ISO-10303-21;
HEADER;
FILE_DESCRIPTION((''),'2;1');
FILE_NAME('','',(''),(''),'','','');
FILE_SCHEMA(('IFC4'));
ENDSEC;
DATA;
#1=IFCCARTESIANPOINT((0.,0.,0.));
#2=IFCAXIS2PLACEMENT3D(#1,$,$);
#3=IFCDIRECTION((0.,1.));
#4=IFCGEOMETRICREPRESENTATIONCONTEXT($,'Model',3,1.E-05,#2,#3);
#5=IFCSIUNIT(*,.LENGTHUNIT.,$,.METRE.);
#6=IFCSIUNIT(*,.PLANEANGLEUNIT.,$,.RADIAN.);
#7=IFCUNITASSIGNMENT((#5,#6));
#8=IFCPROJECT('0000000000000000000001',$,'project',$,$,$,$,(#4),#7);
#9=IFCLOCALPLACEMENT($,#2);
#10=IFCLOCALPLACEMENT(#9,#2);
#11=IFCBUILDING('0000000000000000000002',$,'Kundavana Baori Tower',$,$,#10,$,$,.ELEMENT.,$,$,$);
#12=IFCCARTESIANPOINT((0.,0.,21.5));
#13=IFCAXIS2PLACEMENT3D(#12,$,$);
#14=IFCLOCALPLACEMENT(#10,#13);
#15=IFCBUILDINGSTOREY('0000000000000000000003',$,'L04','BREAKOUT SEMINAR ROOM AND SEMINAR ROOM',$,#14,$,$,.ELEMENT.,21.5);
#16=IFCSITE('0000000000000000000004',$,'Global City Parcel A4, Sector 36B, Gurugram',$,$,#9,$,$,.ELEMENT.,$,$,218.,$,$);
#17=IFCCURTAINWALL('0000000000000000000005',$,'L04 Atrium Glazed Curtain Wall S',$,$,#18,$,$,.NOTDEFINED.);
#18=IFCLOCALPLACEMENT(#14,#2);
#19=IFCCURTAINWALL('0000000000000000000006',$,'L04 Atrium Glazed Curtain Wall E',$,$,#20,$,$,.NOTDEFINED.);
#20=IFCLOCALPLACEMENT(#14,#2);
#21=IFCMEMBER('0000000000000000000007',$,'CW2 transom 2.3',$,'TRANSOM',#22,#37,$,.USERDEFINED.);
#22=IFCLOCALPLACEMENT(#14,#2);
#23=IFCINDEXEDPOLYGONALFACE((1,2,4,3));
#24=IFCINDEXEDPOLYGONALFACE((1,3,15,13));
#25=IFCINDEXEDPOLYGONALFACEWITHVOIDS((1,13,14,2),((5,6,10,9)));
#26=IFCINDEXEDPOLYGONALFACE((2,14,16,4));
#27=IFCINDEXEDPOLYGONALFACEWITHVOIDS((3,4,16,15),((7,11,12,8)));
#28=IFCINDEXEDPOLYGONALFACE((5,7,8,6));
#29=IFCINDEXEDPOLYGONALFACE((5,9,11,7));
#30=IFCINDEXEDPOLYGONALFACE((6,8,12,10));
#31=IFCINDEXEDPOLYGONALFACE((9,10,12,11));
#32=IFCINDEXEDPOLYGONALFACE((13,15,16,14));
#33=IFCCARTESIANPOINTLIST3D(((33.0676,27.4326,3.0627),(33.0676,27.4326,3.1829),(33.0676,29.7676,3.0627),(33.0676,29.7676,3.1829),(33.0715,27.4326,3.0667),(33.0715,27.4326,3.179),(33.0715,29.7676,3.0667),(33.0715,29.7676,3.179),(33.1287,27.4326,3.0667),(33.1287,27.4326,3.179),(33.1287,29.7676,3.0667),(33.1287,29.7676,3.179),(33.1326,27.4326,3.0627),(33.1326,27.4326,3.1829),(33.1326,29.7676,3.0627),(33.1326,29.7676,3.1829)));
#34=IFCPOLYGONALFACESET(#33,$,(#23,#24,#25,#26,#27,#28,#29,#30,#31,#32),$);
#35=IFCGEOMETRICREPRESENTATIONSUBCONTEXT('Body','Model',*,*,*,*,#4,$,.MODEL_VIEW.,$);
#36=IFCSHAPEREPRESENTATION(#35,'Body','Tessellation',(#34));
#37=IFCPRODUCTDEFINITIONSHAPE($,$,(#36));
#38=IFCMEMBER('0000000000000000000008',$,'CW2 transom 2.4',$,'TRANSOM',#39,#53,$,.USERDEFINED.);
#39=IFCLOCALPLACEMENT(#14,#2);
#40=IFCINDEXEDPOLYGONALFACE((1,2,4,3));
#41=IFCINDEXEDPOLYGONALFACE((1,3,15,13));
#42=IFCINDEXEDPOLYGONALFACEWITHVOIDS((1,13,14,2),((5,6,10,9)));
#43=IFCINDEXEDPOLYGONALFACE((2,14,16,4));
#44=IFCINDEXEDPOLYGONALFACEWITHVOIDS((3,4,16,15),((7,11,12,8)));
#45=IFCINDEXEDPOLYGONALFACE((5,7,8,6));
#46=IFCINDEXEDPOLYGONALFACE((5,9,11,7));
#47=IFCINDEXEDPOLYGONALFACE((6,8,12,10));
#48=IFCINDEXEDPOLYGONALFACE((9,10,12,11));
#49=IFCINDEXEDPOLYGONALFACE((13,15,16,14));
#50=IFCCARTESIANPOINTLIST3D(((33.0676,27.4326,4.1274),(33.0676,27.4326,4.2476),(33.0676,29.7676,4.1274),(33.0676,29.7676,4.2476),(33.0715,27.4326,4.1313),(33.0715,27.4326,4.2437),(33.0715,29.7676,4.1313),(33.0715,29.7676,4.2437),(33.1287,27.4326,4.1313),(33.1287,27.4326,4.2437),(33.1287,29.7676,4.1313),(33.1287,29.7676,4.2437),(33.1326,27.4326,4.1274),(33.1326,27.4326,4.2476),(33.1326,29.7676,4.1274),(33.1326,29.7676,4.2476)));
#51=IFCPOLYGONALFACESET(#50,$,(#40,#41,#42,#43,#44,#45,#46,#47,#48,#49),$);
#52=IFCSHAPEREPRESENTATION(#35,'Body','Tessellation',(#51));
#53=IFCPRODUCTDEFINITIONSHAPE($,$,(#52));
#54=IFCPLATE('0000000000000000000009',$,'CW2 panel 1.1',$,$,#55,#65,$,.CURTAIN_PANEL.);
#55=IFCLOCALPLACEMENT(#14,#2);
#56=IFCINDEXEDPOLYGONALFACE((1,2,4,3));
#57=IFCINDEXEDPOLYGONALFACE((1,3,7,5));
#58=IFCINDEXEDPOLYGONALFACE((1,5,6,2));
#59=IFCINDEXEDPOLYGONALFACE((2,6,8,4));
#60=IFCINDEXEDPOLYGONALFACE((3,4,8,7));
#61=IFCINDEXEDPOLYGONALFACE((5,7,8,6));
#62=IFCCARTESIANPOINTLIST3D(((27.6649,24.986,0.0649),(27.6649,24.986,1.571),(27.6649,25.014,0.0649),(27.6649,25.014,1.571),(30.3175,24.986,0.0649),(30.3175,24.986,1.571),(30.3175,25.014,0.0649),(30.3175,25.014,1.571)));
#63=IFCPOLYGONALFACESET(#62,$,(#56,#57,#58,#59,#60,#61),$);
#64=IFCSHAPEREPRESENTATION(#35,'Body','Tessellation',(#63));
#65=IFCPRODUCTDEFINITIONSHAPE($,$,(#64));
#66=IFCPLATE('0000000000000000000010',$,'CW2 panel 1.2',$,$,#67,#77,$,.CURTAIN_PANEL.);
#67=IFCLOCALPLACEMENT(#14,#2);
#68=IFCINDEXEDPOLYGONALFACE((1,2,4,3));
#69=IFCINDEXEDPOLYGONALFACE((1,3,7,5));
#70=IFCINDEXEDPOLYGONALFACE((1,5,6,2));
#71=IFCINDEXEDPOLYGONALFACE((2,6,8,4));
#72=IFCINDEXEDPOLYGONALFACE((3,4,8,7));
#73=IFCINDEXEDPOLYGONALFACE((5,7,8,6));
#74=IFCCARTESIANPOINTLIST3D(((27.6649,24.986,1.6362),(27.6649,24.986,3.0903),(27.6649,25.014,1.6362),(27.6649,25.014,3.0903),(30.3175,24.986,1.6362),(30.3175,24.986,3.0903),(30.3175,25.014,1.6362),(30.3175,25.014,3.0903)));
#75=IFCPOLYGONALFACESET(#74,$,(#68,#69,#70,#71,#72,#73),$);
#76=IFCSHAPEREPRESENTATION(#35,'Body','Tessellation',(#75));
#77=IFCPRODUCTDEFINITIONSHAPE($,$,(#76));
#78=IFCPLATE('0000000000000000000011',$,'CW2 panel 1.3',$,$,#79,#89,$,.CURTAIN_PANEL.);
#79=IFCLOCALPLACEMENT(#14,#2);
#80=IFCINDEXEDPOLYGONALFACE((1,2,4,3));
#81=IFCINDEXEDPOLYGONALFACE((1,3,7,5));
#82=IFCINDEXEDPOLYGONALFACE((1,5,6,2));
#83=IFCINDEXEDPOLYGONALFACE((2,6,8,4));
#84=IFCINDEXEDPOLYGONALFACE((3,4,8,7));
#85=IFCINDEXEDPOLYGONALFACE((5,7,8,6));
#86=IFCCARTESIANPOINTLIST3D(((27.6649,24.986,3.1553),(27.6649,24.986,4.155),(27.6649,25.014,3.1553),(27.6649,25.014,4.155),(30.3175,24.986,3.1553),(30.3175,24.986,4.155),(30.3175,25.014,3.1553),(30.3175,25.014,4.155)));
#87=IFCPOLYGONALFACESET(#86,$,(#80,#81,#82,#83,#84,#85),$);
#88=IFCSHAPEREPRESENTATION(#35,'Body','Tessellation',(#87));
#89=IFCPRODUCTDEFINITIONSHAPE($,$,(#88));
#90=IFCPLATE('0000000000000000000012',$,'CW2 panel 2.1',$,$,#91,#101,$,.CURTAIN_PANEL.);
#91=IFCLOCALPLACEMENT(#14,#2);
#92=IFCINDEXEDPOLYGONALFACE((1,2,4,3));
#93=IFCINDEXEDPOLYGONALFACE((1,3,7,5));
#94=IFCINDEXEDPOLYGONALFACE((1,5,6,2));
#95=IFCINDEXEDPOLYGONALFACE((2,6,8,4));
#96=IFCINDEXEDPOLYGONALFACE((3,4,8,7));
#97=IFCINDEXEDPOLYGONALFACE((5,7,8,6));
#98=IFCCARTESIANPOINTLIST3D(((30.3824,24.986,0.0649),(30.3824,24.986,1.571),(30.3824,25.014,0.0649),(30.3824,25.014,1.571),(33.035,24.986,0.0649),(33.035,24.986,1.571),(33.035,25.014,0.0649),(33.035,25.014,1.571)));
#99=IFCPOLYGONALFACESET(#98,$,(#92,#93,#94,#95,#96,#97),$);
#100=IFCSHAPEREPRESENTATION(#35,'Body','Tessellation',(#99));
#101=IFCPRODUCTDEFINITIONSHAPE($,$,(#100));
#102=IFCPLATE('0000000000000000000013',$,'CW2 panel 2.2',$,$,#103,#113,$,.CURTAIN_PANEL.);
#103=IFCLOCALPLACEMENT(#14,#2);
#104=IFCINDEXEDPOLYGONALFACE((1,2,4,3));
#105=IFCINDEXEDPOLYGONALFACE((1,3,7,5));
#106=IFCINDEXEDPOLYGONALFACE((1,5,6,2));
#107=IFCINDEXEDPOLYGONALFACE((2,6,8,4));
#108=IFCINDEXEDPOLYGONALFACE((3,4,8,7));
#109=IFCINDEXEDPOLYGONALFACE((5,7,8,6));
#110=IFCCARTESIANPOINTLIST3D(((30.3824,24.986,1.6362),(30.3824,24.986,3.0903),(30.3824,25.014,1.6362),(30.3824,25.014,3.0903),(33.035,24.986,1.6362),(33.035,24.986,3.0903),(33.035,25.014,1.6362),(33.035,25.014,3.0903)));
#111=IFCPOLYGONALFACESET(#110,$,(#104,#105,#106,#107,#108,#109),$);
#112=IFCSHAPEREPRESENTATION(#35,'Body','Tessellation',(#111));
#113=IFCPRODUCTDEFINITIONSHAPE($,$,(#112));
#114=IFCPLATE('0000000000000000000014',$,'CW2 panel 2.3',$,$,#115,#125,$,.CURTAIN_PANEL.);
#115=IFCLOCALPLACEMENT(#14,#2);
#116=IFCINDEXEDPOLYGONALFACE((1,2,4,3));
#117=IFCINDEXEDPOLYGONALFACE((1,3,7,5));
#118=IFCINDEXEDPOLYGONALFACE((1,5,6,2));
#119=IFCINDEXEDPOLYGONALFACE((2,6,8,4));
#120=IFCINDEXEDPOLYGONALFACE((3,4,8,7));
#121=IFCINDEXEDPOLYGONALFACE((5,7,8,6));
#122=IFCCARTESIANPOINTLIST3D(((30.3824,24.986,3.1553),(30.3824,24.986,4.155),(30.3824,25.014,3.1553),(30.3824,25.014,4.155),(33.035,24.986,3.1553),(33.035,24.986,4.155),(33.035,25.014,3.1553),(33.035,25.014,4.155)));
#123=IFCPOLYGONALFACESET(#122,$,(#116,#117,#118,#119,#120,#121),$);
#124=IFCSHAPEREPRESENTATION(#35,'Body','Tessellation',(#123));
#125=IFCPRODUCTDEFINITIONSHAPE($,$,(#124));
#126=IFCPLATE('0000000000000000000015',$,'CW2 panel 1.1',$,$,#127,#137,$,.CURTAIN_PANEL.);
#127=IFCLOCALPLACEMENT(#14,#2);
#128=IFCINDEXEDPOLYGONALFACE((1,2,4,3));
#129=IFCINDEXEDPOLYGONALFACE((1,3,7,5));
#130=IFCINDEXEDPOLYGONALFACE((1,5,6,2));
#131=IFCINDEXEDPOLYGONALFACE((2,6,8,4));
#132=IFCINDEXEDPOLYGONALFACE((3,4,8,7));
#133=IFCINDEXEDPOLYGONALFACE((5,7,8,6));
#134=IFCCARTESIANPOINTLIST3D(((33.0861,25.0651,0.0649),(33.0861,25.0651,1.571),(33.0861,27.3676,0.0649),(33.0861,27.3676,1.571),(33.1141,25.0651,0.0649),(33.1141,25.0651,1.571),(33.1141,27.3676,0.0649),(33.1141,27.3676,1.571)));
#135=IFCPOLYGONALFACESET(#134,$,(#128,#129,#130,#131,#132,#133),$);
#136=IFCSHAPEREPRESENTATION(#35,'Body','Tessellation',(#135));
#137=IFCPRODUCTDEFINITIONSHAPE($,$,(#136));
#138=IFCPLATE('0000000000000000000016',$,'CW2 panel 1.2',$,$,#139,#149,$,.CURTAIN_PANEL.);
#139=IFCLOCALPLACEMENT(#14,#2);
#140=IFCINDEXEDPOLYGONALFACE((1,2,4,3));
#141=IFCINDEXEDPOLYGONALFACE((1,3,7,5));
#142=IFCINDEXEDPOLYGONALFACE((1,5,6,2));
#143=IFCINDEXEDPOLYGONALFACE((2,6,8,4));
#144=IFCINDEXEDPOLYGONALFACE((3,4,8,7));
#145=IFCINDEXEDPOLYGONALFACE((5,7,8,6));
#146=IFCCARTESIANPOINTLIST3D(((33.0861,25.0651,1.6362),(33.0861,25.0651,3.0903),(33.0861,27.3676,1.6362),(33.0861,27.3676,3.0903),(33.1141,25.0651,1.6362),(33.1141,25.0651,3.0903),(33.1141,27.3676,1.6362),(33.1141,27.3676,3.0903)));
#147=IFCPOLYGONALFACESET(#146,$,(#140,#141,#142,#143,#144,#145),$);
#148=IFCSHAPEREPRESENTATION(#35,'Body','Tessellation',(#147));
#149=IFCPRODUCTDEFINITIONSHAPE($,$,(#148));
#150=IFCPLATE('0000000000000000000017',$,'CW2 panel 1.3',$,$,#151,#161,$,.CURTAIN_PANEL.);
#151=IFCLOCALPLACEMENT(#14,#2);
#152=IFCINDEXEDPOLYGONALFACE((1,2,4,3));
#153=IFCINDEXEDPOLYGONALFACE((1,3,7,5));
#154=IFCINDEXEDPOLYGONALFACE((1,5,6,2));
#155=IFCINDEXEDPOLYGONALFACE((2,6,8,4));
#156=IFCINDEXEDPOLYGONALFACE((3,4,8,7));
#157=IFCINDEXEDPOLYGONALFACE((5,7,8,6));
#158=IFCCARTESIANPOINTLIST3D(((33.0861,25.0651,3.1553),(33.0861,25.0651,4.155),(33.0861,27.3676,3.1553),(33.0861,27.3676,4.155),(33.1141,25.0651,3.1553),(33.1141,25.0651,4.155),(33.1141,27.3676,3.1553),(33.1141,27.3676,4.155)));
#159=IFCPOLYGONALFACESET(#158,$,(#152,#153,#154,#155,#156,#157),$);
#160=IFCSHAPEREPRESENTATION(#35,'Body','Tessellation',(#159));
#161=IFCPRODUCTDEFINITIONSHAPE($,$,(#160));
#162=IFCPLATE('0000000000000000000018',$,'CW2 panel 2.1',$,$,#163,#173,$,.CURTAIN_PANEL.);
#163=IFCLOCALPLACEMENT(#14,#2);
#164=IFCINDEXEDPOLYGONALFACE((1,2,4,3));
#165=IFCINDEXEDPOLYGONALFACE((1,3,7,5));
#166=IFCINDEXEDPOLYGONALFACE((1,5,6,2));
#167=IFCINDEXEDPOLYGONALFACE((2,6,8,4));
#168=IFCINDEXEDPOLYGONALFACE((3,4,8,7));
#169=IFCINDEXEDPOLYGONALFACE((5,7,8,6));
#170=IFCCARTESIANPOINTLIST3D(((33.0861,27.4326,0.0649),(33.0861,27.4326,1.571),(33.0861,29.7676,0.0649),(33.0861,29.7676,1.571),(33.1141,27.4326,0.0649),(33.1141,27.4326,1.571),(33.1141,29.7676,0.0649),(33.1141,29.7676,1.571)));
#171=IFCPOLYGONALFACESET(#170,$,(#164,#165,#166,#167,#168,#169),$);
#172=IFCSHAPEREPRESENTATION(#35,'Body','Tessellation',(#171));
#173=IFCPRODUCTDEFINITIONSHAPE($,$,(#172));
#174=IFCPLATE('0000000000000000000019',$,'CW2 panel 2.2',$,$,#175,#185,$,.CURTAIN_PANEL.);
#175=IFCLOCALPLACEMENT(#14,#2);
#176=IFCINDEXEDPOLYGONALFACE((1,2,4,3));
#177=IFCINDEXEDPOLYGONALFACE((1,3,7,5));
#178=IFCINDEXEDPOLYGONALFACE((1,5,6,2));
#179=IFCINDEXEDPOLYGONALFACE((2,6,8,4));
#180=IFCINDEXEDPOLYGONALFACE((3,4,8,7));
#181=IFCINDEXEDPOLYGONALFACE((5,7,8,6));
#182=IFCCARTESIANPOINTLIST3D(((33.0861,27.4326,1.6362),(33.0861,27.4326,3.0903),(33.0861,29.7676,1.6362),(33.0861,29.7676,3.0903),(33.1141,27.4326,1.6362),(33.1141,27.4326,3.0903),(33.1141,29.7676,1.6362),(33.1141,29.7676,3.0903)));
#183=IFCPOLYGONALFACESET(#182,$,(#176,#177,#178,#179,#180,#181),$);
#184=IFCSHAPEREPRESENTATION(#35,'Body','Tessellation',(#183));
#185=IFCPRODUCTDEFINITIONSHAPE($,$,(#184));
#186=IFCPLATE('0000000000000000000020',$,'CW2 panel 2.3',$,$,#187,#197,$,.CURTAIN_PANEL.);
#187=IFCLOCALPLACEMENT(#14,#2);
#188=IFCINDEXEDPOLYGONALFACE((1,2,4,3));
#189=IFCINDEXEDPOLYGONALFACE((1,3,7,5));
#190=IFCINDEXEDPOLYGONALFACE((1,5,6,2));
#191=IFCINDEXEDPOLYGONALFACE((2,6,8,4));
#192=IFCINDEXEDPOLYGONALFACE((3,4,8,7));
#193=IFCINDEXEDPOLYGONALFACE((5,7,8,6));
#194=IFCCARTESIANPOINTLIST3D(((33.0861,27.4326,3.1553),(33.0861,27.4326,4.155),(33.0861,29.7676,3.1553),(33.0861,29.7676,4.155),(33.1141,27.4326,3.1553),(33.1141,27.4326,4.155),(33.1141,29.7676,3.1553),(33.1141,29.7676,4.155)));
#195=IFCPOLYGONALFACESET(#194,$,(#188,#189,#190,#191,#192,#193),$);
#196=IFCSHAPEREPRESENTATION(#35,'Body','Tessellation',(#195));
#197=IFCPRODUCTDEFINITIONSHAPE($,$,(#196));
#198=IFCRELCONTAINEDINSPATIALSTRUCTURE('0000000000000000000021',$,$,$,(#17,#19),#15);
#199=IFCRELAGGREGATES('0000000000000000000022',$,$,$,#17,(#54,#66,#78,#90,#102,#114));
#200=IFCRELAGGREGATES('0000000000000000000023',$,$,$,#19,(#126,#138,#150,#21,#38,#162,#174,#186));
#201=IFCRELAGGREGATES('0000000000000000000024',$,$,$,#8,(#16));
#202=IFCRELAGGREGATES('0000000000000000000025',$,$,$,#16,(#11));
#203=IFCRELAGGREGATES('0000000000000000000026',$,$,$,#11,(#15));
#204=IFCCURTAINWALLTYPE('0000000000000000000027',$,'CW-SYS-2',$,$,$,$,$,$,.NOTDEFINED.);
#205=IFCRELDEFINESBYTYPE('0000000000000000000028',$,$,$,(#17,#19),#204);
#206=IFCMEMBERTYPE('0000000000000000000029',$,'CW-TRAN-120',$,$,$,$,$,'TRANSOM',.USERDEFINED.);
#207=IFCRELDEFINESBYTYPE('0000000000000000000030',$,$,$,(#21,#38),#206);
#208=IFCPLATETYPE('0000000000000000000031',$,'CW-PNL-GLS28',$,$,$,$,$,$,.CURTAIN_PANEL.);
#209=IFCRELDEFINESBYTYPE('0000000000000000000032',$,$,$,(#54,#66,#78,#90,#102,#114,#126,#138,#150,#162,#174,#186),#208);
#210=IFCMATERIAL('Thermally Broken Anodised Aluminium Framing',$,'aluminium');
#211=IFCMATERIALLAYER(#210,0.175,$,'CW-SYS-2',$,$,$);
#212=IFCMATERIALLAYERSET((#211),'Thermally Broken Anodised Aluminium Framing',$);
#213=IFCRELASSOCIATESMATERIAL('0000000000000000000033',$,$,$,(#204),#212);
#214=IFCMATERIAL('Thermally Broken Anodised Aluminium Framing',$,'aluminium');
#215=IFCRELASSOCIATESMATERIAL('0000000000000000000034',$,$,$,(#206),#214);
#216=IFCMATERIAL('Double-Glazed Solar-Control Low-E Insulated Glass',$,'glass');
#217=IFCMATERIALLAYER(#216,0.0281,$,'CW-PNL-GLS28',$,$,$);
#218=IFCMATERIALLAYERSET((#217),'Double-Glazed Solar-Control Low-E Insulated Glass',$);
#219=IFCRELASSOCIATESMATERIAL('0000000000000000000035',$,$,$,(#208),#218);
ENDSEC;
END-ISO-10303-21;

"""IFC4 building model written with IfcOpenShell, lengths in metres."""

from ifc_helpers import new_model, si_unit, direction, frame, origin, origin_2d, place, context, subcontext, project, spatial, rectangle, hollow_rectangle, extrude, material, layer, layer_set, material_profile, profile_set, type_object, element, aggregate, save


model = new_model("IFC4")

# Units and contexts
model_context = context("Model", 3, precision=1e-05, world=origin(), true_north=direction((0.0, 1.0)))
body_context = subcontext(model_context, "Body", "Model", "MODEL_VIEW")
ifc_project = project(units=[si_unit("LENGTHUNIT", "METRE"), si_unit("PLANEANGLEUNIT", "RADIAN")], contexts=[model_context])

# Site, building, storey
site_placement = place(None, origin())
site = spatial("IfcSite", under=ifc_project, at=site_placement, Name="Global City Parcel A4, Sector 36B, Gurugram", CompositionType="ELEMENT", RefElevation=218.0)
building_placement = place(site_placement, origin())
building = spatial("IfcBuilding", under=site, at=building_placement, Name="Kundavana Baori Tower", CompositionType="ELEMENT")
storey_placement = place(building_placement, frame((0.0, 0.0, 21.5)))
storey = spatial("IfcBuildingStorey", under=building, at=storey_placement, Name="L04", Description="BREAKOUT SEMINAR ROOM AND SEMINAR ROOM", CompositionType="ELEMENT", Elevation=21.5)

# Curtain walls
ifc_material_1 = material(Name="Thermally Broken Anodised Aluminium Framing", Category="aluminium")
ifc_layer_1 = layer(ifc_material_1, 0.175, Name="CW-SYS-2")
ifc_layer_set_1 = layer_set([ifc_layer_1], Name="Thermally Broken Anodised Aluminium Framing")
curtain_wall_type = type_object("IfcCurtainWallType", Name="CW-SYS-2", PredefinedType="NOTDEFINED", material=ifc_layer_set_1)
curtain_wall_1_placement = place(storey_placement, origin())
curtain_wall_1 = element("IfcCurtainWall", 1, at=curtain_wall_1_placement, inside=storey, type_object=curtain_wall_type, Name="L04 Atrium Glazed Curtain Wall S", PredefinedType="NOTDEFINED")
curtain_wall_2_placement = place(storey_placement, origin())
curtain_wall_2 = element("IfcCurtainWall", 2, at=curtain_wall_2_placement, inside=storey, type_object=curtain_wall_type, Name="L04 Atrium Glazed Curtain Wall E", PredefinedType="NOTDEFINED")

# Members
ifc_material_2 = material(Name="Thermally Broken Anodised Aluminium Framing", Category="aluminium")
ifc_material_profile_1 = material_profile(ifc_material_2, hollow_rectangle(XDim=0.0649, YDim=0.1201, WallThickness=0.0039, at=origin_2d()), Name="CW-TRAN-120")
ifc_profile_set_1 = profile_set([ifc_material_profile_1], Name="Thermally Broken Anodised Aluminium Framing")
member_type_1 = type_object("IfcMemberType", Name="CW-TRAN-120", ElementType="TRANSOM", PredefinedType="USERDEFINED", material=ifc_profile_set_1)
member_1_placement = place(storey_placement, frame((33.1001, 27.4326, 3.1228), z_axis=(0.0, 1.0, 0.0), x_axis=(-1.0, 0.0, 0.0)))
member_1 = element("IfcMember", 3, at=member_1_placement, type_object=member_type_1, Name="CW2 transom 2.3", ObjectType="TRANSOM", PredefinedType="USERDEFINED", context=body_context, shape_type="SweptSolid", body=[
    extrude(hollow_rectangle(XDim=0.0649, YDim=0.1201, WallThickness=0.0039, at=origin_2d()), origin(), (0.0, 0.0, 1.0), 2.335),
])
member_2_placement = place(storey_placement, frame((33.1001, 27.4326, 4.1875), z_axis=(0.0, 1.0, 0.0), x_axis=(-1.0, 0.0, 0.0)))
member_2 = element("IfcMember", 4, at=member_2_placement, type_object=member_type_1, Name="CW2 transom 2.4", ObjectType="TRANSOM", PredefinedType="USERDEFINED", context=body_context, shape_type="SweptSolid", body=[
    extrude(hollow_rectangle(XDim=0.0649, YDim=0.1201, WallThickness=0.0039, at=origin_2d()), origin(), (0.0, 0.0, 1.0), 2.335),
])

# Plates
ifc_material_3 = material(Name="Double-Glazed Solar-Control Low-E Insulated Glass", Category="glass")
ifc_layer_2 = layer(ifc_material_3, 0.0281, Name="CW-PNL-GLS28")
ifc_layer_set_2 = layer_set([ifc_layer_2], Name="Double-Glazed Solar-Control Low-E Insulated Glass")
plate_type = type_object("IfcPlateType", Name="CW-PNL-GLS28", PredefinedType="CURTAIN_PANEL", material=ifc_layer_set_2)
plate_1_placement = place(storey_placement, frame((28.9912, 25.0, 0.0649), z_axis=(0.0, 0.0, 1.0), x_axis=(1.0, 0.0, 0.0)))
plate_1 = element("IfcPlate", 5, at=plate_1_placement, type_object=plate_type, Name="CW2 panel 1.1", PredefinedType="CURTAIN_PANEL", context=body_context, shape_type="SweptSolid", body=[
    extrude(rectangle(XDim=2.6526, YDim=0.0281, at=origin_2d()), origin(), (0.0, 0.0, 1.0), 1.5061),
])
plate_2_placement = place(storey_placement, frame((28.9912, 25.0, 1.6362), z_axis=(0.0, 0.0, 1.0), x_axis=(1.0, 0.0, 0.0)))
plate_2 = element("IfcPlate", 6, at=plate_2_placement, type_object=plate_type, Name="CW2 panel 1.2", PredefinedType="CURTAIN_PANEL", context=body_context, shape_type="SweptSolid", body=[
    extrude(rectangle(XDim=2.6526, YDim=0.0281, at=origin_2d()), origin(), (0.0, 0.0, 1.0), 1.4541),
])
plate_3_placement = place(storey_placement, frame((28.9912, 25.0, 3.1553), z_axis=(0.0, 0.0, 1.0), x_axis=(1.0, 0.0, 0.0)))
plate_3 = element("IfcPlate", 7, at=plate_3_placement, type_object=plate_type, Name="CW2 panel 1.3", PredefinedType="CURTAIN_PANEL", context=body_context, shape_type="SweptSolid", body=[
    extrude(rectangle(XDim=2.6526, YDim=0.0281, at=origin_2d()), origin(), (0.0, 0.0, 1.0), 0.9998),
])
plate_4_placement = place(storey_placement, frame((31.7087, 25.0, 0.0649), z_axis=(0.0, 0.0, 1.0), x_axis=(1.0, 0.0, 0.0)))
plate_4 = element("IfcPlate", 8, at=plate_4_placement, type_object=plate_type, Name="CW2 panel 2.1", PredefinedType="CURTAIN_PANEL", context=body_context, shape_type="SweptSolid", body=[
    extrude(rectangle(XDim=2.6526, YDim=0.0281, at=origin_2d()), origin(), (0.0, 0.0, 1.0), 1.5061),
])
plate_5_placement = place(storey_placement, frame((31.7087, 25.0, 1.6362), z_axis=(0.0, 0.0, 1.0), x_axis=(1.0, 0.0, 0.0)))
plate_5 = element("IfcPlate", 9, at=plate_5_placement, type_object=plate_type, Name="CW2 panel 2.2", PredefinedType="CURTAIN_PANEL", context=body_context, shape_type="SweptSolid", body=[
    extrude(rectangle(XDim=2.6526, YDim=0.0281, at=origin_2d()), origin(), (0.0, 0.0, 1.0), 1.4541),
])
plate_6_placement = place(storey_placement, frame((31.7087, 25.0, 3.1553), z_axis=(0.0, 0.0, 1.0), x_axis=(1.0, 0.0, 0.0)))
plate_6 = element("IfcPlate", 10, at=plate_6_placement, type_object=plate_type, Name="CW2 panel 2.3", PredefinedType="CURTAIN_PANEL", context=body_context, shape_type="SweptSolid", body=[
    extrude(rectangle(XDim=2.6526, YDim=0.0281, at=origin_2d()), origin(), (0.0, 0.0, 1.0), 0.9998),
])
aggregate(curtain_wall_1, [plate_1, plate_2, plate_3, plate_4, plate_5, plate_6])
plate_7_placement = place(storey_placement, frame((33.1001, 26.2163, 0.0649), z_axis=(0.0, 0.0, 1.0), x_axis=(0.0, 1.0, 0.0)))
plate_7 = element("IfcPlate", 11, at=plate_7_placement, type_object=plate_type, Name="CW2 panel 1.1", PredefinedType="CURTAIN_PANEL", context=body_context, shape_type="SweptSolid", body=[
    extrude(rectangle(XDim=2.3025, YDim=0.0281, at=origin_2d()), origin(), (0.0, 0.0, 1.0), 1.5061),
])
plate_8_placement = place(storey_placement, frame((33.1001, 26.2163, 1.6362), z_axis=(0.0, 0.0, 1.0), x_axis=(0.0, 1.0, 0.0)))
plate_8 = element("IfcPlate", 12, at=plate_8_placement, type_object=plate_type, Name="CW2 panel 1.2", PredefinedType="CURTAIN_PANEL", context=body_context, shape_type="SweptSolid", body=[
    extrude(rectangle(XDim=2.3025, YDim=0.0281, at=origin_2d()), origin(), (0.0, 0.0, 1.0), 1.4541),
])
plate_9_placement = place(storey_placement, frame((33.1001, 26.2163, 3.1553), z_axis=(0.0, 0.0, 1.0), x_axis=(0.0, 1.0, 0.0)))
plate_9 = element("IfcPlate", 13, at=plate_9_placement, type_object=plate_type, Name="CW2 panel 1.3", PredefinedType="CURTAIN_PANEL", context=body_context, shape_type="SweptSolid", body=[
    extrude(rectangle(XDim=2.3025, YDim=0.0281, at=origin_2d()), origin(), (0.0, 0.0, 1.0), 0.9998),
])
plate_10_placement = place(storey_placement, frame((33.1001, 28.6001, 0.0649), z_axis=(0.0, 0.0, 1.0), x_axis=(0.0, 1.0, 0.0)))
plate_10 = element("IfcPlate", 14, at=plate_10_placement, type_object=plate_type, Name="CW2 panel 2.1", PredefinedType="CURTAIN_PANEL", context=body_context, shape_type="SweptSolid", body=[
    extrude(rectangle(XDim=2.335, YDim=0.0281, at=origin_2d()), origin(), (0.0, 0.0, 1.0), 1.5061),
])
plate_11_placement = place(storey_placement, frame((33.1001, 28.6001, 1.6362), z_axis=(0.0, 0.0, 1.0), x_axis=(0.0, 1.0, 0.0)))
plate_11 = element("IfcPlate", 15, at=plate_11_placement, type_object=plate_type, Name="CW2 panel 2.2", PredefinedType="CURTAIN_PANEL", context=body_context, shape_type="SweptSolid", body=[
    extrude(rectangle(XDim=2.335, YDim=0.0281, at=origin_2d()), origin(), (0.0, 0.0, 1.0), 1.4541),
])
plate_12_placement = place(storey_placement, frame((33.1001, 28.6001, 3.1553), z_axis=(0.0, 0.0, 1.0), x_axis=(0.0, 1.0, 0.0)))
plate_12 = element("IfcPlate", 16, at=plate_12_placement, type_object=plate_type, Name="CW2 panel 2.3", PredefinedType="CURTAIN_PANEL", context=body_context, shape_type="SweptSolid", body=[
    extrude(rectangle(XDim=2.335, YDim=0.0281, at=origin_2d()), origin(), (0.0, 0.0, 1.0), 0.9998),
])
aggregate(curtain_wall_2, [plate_7, plate_8, plate_9, member_1, member_2, plate_10, plate_11, plate_12])

save(model, "model.ifc")
